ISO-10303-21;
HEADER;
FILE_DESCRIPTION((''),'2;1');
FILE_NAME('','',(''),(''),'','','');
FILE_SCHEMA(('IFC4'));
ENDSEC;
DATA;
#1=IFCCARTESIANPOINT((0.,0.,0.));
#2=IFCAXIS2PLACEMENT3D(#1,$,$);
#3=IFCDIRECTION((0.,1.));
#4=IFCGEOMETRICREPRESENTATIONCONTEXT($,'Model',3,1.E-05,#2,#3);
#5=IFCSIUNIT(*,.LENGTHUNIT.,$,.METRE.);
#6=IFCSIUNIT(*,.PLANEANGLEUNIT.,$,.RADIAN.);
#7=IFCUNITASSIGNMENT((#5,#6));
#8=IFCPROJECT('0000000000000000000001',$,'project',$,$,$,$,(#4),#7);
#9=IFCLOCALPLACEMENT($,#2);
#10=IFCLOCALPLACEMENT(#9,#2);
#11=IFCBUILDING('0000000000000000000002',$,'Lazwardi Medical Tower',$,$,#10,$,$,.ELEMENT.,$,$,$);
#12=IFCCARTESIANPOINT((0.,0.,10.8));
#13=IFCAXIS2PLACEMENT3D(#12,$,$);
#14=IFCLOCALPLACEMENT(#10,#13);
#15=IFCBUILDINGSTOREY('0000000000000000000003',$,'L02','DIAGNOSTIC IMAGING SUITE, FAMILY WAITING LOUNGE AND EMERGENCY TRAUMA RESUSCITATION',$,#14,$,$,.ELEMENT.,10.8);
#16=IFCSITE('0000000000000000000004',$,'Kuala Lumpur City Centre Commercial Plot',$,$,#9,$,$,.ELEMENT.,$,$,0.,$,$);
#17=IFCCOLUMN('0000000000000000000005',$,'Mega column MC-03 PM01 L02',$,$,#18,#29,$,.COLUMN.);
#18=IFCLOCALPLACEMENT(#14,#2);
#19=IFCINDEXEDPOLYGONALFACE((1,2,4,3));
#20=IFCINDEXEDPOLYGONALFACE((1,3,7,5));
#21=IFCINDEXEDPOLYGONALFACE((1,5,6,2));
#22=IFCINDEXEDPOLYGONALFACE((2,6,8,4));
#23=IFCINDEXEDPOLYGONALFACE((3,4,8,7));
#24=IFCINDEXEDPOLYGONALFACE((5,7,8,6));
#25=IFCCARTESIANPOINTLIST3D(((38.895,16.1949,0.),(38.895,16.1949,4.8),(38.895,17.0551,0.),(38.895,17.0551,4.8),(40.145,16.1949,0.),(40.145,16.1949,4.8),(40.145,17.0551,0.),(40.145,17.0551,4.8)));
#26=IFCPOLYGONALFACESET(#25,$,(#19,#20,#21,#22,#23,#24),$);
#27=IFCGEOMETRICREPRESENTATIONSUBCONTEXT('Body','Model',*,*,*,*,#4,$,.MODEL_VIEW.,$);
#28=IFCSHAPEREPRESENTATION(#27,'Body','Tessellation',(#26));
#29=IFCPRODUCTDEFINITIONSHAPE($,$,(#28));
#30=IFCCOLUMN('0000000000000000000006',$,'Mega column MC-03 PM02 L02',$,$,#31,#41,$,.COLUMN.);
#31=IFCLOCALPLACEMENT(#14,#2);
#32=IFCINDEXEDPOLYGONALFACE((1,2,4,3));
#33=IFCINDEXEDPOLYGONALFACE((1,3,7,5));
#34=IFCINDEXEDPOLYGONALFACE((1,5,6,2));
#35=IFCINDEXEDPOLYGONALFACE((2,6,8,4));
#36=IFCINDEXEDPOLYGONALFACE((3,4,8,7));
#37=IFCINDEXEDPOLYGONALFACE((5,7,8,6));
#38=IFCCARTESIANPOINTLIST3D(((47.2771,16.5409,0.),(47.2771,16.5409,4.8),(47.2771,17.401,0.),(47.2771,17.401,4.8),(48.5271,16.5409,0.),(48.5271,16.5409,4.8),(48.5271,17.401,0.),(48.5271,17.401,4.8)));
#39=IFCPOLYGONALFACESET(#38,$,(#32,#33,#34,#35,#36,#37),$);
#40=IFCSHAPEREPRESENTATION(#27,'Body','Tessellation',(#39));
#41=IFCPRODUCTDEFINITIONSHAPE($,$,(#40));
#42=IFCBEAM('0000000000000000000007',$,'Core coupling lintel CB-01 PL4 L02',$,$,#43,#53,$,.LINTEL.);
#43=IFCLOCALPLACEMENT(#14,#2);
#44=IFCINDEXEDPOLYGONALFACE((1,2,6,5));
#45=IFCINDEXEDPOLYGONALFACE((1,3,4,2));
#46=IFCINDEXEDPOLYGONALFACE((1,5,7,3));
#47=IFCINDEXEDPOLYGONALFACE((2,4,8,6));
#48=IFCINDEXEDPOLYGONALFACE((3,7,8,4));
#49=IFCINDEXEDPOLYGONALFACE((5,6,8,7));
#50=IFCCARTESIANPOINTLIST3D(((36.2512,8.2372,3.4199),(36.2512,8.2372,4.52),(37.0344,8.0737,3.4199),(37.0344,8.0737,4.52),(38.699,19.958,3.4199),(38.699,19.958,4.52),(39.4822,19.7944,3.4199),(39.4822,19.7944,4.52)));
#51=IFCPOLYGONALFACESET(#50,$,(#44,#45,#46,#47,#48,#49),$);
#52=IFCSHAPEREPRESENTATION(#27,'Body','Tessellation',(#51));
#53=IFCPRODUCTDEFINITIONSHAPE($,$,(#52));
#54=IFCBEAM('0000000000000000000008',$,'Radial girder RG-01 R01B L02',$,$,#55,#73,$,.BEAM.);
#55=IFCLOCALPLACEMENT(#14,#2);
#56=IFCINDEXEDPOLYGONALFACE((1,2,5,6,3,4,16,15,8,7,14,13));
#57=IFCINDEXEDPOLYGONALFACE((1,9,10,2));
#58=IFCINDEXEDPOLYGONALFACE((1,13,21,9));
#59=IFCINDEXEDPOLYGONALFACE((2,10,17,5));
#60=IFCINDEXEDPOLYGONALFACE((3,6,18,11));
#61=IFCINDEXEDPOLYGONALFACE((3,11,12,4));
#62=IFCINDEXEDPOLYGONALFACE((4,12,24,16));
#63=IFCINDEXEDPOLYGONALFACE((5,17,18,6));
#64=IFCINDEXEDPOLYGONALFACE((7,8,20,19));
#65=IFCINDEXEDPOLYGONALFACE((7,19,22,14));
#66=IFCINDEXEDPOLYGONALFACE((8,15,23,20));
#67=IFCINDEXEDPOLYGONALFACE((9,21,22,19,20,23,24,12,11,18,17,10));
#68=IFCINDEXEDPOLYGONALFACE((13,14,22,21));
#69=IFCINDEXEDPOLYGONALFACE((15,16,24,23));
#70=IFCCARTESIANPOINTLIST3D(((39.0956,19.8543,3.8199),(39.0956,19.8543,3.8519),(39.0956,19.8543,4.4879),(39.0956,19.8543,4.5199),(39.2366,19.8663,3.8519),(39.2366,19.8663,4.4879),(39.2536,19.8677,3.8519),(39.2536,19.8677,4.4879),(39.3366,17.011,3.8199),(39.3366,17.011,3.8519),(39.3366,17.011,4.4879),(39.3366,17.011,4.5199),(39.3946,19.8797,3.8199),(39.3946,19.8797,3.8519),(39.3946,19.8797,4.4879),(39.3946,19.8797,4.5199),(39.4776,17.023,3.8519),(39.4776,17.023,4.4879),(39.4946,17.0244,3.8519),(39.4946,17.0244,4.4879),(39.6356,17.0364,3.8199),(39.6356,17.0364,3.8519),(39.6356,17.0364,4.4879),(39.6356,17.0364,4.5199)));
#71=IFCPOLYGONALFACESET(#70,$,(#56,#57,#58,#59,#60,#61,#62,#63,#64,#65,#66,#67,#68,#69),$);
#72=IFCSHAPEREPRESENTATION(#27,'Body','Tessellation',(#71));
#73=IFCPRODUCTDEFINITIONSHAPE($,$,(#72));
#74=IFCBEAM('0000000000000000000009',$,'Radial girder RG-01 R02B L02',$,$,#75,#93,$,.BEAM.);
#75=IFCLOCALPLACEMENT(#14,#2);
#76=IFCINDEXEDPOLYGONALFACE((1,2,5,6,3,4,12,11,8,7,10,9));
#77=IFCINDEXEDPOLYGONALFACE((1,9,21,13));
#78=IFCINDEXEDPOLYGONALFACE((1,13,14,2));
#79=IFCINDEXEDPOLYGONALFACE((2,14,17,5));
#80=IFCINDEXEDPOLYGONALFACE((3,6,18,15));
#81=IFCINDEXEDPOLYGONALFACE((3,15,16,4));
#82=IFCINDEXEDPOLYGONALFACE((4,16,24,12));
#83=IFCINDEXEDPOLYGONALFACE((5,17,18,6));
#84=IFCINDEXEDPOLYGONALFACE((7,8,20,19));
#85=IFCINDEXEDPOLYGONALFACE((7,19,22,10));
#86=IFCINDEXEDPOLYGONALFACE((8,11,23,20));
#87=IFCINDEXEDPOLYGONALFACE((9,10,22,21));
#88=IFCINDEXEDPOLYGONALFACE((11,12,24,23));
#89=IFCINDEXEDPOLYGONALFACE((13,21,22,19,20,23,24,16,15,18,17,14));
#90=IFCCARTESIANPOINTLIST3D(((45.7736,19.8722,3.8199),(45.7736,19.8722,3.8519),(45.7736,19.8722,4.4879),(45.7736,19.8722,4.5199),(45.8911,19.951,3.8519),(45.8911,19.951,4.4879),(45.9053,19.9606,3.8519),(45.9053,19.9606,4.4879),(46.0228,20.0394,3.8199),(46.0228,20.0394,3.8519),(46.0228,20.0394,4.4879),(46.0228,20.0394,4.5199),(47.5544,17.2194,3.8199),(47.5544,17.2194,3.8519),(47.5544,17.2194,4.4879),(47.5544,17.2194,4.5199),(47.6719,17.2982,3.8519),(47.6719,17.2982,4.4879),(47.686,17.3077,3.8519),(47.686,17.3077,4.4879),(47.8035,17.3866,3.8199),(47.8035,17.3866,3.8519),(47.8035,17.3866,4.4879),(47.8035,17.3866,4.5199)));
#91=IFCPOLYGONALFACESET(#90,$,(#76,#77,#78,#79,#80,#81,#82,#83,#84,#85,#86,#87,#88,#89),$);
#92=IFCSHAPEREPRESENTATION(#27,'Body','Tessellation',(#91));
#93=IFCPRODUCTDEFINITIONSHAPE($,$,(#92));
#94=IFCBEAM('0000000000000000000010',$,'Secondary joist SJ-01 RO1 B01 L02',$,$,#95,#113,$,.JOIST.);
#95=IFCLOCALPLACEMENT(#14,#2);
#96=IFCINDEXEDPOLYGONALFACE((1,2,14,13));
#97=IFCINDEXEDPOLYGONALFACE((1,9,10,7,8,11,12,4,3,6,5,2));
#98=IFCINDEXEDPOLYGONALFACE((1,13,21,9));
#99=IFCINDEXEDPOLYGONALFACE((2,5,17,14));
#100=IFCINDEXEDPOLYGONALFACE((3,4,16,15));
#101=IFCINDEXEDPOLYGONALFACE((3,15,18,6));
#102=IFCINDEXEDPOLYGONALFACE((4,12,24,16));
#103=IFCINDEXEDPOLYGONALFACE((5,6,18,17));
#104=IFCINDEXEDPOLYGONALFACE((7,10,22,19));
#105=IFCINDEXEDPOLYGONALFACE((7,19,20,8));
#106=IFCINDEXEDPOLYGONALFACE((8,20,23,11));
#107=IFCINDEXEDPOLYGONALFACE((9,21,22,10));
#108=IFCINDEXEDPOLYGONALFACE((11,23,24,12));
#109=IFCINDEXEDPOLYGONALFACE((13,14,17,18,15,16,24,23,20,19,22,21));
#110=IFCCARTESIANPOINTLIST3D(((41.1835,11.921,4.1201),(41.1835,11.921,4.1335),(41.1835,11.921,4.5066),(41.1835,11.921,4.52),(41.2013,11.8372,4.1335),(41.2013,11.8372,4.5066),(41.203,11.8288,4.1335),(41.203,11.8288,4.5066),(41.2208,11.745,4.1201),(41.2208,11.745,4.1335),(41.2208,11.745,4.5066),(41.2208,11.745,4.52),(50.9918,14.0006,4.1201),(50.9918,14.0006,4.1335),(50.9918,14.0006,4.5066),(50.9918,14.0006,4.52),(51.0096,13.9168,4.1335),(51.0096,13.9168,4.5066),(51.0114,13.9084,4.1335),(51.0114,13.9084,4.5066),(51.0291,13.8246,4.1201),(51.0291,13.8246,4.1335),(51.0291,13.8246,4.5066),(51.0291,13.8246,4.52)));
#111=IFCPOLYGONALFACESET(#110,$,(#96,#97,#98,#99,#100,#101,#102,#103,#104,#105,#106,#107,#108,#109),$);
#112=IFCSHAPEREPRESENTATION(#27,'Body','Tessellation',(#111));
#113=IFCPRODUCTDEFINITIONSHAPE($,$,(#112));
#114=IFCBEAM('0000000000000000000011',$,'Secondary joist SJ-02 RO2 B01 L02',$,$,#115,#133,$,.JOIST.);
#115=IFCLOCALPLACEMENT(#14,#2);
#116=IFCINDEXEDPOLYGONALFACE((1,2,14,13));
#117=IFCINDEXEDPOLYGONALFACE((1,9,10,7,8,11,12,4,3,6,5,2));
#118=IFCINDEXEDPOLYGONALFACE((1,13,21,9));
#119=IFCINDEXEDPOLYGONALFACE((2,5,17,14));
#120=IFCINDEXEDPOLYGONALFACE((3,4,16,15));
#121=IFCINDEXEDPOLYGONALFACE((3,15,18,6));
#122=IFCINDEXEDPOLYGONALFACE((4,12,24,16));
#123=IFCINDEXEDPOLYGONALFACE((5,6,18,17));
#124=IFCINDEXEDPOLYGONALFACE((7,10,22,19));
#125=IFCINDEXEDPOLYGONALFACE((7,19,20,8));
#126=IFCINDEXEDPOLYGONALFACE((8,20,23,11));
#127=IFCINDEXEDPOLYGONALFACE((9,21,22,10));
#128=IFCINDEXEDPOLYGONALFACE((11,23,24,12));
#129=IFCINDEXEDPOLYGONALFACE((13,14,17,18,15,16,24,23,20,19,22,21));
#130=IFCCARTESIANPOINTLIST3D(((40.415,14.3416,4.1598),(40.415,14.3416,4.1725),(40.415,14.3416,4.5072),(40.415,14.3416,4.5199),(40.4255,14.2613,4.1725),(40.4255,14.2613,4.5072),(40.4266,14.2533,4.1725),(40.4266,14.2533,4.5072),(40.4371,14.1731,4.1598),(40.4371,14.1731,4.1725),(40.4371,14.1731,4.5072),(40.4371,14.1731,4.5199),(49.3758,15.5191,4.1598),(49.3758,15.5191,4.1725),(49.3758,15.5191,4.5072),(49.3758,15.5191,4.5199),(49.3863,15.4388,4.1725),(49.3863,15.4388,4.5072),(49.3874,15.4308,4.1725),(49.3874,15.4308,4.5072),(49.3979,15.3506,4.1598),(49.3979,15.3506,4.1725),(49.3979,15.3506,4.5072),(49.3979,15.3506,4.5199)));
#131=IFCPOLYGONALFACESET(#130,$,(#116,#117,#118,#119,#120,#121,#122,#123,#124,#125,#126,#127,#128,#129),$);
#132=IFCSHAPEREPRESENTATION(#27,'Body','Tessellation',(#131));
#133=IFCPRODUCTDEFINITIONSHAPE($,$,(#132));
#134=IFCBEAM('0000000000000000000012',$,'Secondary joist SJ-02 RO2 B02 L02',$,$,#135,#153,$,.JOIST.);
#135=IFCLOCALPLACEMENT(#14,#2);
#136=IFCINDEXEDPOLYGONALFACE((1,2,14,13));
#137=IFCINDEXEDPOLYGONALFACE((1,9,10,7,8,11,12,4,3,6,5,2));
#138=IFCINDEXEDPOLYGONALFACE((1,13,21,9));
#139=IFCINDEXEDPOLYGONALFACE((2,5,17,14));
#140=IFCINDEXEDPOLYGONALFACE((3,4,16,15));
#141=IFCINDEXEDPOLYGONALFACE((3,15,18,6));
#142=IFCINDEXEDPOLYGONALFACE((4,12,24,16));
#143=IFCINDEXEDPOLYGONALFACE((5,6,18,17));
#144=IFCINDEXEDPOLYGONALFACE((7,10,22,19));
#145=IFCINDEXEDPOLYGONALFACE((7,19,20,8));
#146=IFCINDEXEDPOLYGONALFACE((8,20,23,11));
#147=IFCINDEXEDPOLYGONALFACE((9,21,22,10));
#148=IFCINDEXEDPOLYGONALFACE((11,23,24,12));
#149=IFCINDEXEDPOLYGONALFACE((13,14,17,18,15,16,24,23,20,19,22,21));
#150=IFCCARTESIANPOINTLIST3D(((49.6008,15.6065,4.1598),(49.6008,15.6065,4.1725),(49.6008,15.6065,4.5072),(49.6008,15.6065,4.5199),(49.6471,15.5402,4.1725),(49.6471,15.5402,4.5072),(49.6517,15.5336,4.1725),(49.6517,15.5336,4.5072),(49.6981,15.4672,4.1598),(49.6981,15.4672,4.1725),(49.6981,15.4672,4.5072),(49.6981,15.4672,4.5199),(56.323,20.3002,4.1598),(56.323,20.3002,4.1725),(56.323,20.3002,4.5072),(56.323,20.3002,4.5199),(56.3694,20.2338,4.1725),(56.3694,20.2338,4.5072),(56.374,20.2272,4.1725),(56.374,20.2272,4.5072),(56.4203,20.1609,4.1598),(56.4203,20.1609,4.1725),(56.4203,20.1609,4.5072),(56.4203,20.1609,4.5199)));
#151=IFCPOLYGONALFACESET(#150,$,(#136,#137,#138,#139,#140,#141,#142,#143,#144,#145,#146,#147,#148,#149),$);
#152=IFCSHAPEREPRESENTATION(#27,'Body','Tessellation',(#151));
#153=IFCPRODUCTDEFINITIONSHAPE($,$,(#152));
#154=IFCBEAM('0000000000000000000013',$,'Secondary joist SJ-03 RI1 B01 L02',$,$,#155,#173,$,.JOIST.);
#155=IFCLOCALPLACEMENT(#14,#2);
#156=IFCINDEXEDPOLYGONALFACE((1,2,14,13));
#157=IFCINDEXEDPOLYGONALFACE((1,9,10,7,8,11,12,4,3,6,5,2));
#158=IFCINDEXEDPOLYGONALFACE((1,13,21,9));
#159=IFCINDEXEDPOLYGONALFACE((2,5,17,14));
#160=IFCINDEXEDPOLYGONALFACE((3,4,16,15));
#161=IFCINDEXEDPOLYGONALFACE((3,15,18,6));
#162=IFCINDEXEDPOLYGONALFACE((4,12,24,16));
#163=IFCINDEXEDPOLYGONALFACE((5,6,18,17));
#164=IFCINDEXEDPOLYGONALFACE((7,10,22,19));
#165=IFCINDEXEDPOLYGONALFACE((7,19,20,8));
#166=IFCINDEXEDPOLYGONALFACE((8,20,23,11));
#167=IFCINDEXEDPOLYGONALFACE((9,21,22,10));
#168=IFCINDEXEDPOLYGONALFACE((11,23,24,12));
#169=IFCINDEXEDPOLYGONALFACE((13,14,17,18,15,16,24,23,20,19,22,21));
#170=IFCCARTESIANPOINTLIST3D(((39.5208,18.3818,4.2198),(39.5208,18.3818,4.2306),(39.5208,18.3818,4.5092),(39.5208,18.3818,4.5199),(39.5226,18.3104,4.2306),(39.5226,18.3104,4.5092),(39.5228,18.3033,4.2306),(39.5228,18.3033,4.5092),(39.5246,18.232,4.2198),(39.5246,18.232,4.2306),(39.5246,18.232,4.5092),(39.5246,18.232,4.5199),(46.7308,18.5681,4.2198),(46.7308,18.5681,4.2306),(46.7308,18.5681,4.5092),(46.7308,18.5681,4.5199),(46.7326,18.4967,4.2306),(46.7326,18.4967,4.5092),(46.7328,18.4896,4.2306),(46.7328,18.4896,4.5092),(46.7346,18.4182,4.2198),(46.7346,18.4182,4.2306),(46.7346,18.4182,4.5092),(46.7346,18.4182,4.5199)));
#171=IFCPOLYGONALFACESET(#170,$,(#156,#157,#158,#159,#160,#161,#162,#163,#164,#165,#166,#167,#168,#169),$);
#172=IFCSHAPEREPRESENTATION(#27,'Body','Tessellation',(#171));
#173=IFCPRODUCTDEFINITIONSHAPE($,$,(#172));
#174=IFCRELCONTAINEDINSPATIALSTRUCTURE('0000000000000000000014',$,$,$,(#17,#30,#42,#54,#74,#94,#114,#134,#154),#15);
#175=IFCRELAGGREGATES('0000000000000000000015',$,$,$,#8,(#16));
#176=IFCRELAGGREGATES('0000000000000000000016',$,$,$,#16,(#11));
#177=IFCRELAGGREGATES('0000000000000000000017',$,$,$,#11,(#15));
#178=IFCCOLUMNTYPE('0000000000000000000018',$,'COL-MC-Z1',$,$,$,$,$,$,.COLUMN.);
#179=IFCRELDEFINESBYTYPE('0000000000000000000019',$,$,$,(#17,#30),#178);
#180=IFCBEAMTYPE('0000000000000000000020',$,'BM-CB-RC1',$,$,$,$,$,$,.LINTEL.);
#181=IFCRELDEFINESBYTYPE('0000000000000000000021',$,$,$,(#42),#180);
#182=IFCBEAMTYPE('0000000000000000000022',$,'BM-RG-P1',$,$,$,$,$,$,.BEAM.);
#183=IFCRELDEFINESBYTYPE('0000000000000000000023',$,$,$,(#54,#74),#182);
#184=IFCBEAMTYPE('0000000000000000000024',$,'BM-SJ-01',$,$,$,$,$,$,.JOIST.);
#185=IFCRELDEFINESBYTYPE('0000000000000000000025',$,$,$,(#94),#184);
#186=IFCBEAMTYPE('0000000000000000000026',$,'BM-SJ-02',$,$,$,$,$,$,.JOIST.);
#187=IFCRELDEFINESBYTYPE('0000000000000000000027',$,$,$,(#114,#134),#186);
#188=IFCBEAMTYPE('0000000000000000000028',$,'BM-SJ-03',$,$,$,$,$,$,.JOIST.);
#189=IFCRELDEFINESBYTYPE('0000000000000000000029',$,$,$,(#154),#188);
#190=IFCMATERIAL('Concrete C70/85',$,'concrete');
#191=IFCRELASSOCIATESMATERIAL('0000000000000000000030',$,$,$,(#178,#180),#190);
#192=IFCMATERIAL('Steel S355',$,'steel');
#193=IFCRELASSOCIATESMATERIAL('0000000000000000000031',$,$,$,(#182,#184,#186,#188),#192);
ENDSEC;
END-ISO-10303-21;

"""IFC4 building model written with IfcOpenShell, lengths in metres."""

from ifc_helpers import new_model, si_unit, direction, frame, origin, origin_2d, place, context, subcontext, project, spatial, rectangle, i_section, extrude, material, material_profile, profile_set, type_object, element, save


model = new_model("IFC4")

# Units and contexts
model_context = context("Model", 3, precision=1e-05, world=origin(), true_north=direction((0.0, 1.0)))
body_context = subcontext(model_context, "Body", "Model", "MODEL_VIEW")
ifc_project = project(units=[si_unit("LENGTHUNIT", "METRE"), si_unit("PLANEANGLEUNIT", "RADIAN")], contexts=[model_context])

# Site, building, storey
site_placement = place(None, origin())
site = spatial("IfcSite", under=ifc_project, at=site_placement, Name="Kuala Lumpur City Centre Commercial Plot", CompositionType="ELEMENT", RefElevation=0.0)
building_placement = place(site_placement, origin())
building = spatial("IfcBuilding", under=site, at=building_placement, Name="Lazwardi Medical Tower", CompositionType="ELEMENT")
storey_placement = place(building_placement, frame((0.0, 0.0, 10.8)))
storey = spatial("IfcBuildingStorey", under=building, at=storey_placement, Name="L02", Description="DIAGNOSTIC IMAGING SUITE, FAMILY WAITING LOUNGE AND EMERGENCY TRAUMA RESUSCITATION", CompositionType="ELEMENT", Elevation=10.8)

# Columns
ifc_material_1 = material(Name="Concrete C70/85", Category="concrete")
ifc_material_profile_1 = material_profile(ifc_material_1, rectangle(XDim=1.25, YDim=0.8601, at=origin_2d()), Name="CFT-RECT 1250x860")
ifc_profile_set_1 = profile_set([ifc_material_profile_1], Name="Concrete C70/85")
column_type = type_object("IfcColumnType", Name="COL-MC-Z1", PredefinedType="COLUMN", material=ifc_profile_set_1)
for number, where, z_axis, x_axis, name in (
    (1, (39.52, 16.625, 0.0), (0.0, 0.0, 1.0), (1.0, 0.0, 0.0), "Mega column MC-03 PM01 L02"),
    (2, (47.9021, 16.9709, 0.0), (0.0, 0.0, 1.0), (1.0, 0.0, 0.0), "Mega column MC-03 PM02 L02"),
):
    element("IfcColumn", number, at=place(storey_placement, frame(where, z_axis=z_axis, x_axis=x_axis)), inside=storey, type_object=column_type, Name=name, PredefinedType="COLUMN", context=body_context, shape_type="SweptSolid", body=[
        extrude(rectangle(XDim=1.25, YDim=0.8601, at=origin_2d()), origin(), (0.0, 0.0, 1.0), 4.8),
    ])

# Beams
ifc_material_profile_2 = material_profile(ifc_material_1, rectangle(XDim=0.8, YDim=1.1001, at=origin_2d()), Name="RC 800x1100")
ifc_profile_set_2 = profile_set([ifc_material_profile_2], Name="Concrete C70/85")
beam_type_1 = type_object("IfcBeamType", Name="BM-CB-RC1", PredefinedType="LINTEL", material=ifc_profile_set_2)
beam_1_placement = place(storey_placement, frame((39.0906, 19.8762, 3.97), z_axis=(-0.20443, -0.978881, 0.0), x_axis=(0.978881, -0.20443, 0.0)))
element("IfcBeam", 3, at=beam_1_placement, inside=storey, type_object=beam_type_1, Name="Core coupling lintel CB-01 PL4 L02", PredefinedType="LINTEL", context=body_context, shape_type="SweptSolid", body=[
    extrude(rectangle(XDim=0.8, YDim=1.1001, at=origin_2d()), origin(), (0.0, 0.0, 1.0), 11.9736),
])
ifc_material_2 = material(Name="Steel S355", Category="steel")
ifc_material_profile_3 = material_profile(ifc_material_2, i_section(OverallWidth=0.3, OverallDepth=0.7, WebThickness=0.0171, FlangeThickness=0.032, at=origin_2d()), Name="HEB 700")
ifc_profile_set_3 = profile_set([ifc_material_profile_3], Name="Steel S355")
beam_type_2 = type_object("IfcBeamType", Name="BM-RG-P1", PredefinedType="BEAM", material=ifc_profile_set_3)
beam_2_placement = place(storey_placement, frame((39.4861, 17.0237, 4.1699), z_axis=(-0.084447, 0.996428, 0.0), x_axis=(-0.996428, -0.084447, 0.0)))
element("IfcBeam", 4, at=beam_2_placement, inside=storey, type_object=beam_type_2, Name="Radial girder RG-01 R01B L02", PredefinedType="BEAM", context=body_context, shape_type="SweptSolid", body=[
    extrude(i_section(OverallWidth=0.3, OverallDepth=0.7, WebThickness=0.0171, FlangeThickness=0.032, at=origin_2d()), origin(), (0.0, 0.0, 1.0), 2.8535),
])
beam_3_placement = place(storey_placement, frame((47.679, 17.303, 4.1699), z_axis=(-0.557342, 0.830283, 0.0), x_axis=(-0.830283, -0.557342, 0.0)))
element("IfcBeam", 5, at=beam_3_placement, inside=storey, type_object=beam_type_2, Name="Radial girder RG-01 R02B L02", PredefinedType="BEAM", context=body_context, shape_type="SweptSolid", body=[
    extrude(i_section(OverallWidth=0.3, OverallDepth=0.7, WebThickness=0.0171, FlangeThickness=0.032, at=origin_2d()), origin(), (0.0, 0.0, 1.0), 3.1951),
])
ifc_material_profile_4 = material_profile(ifc_material_2, i_section(OverallWidth=0.1799, OverallDepth=0.3999, WebThickness=0.0085, FlangeThickness=0.0134, at=origin_2d()), Name="IPE 400")
ifc_profile_set_4 = profile_set([ifc_material_profile_4], Name="Steel S355")
beam_type_3 = type_object("IfcBeamType", Name="BM-SJ-01", PredefinedType="JOIST", material=ifc_profile_set_4)
beam_4_placement = place(storey_placement, frame((41.2021, 11.833, 4.3201), z_axis=(0.978254, 0.207412, 0.0), x_axis=(-0.207412, 0.978254, 0.0)))
element("IfcBeam", 6, at=beam_4_placement, inside=storey, type_object=beam_type_3, Name="Secondary joist SJ-01 RO1 B01 L02", PredefinedType="JOIST", context=body_context, shape_type="SweptSolid", body=[
    extrude(i_section(OverallWidth=0.1799, OverallDepth=0.3999, WebThickness=0.0085, FlangeThickness=0.0134, at=origin_2d()), origin(), (0.0, 0.0, 1.0), 10.0264),
])
ifc_material_profile_5 = material_profile(ifc_material_2, i_section(OverallWidth=0.1699, OverallDepth=0.3601, WebThickness=0.0081, FlangeThickness=0.0127, at=origin_2d()), Name="IPE 360")
ifc_profile_set_5 = profile_set([ifc_material_profile_5], Name="Steel S355")
beam_type_4 = type_object("IfcBeamType", Name="BM-SJ-02", PredefinedType="JOIST", material=ifc_profile_set_5)
beam_5_placement = place(storey_placement, frame((40.426, 14.2573, 4.3398), z_axis=(0.991476, 0.130286, 0.0), x_axis=(-0.130286, 0.991476, 0.0)))
element("IfcBeam", 7, at=beam_5_placement, inside=storey, type_object=beam_type_4, Name="Secondary joist SJ-02 RO2 B01 L02", PredefinedType="JOIST", context=body_context, shape_type="SweptSolid", body=[
    extrude(i_section(OverallWidth=0.1699, OverallDepth=0.3601, WebThickness=0.0081, FlangeThickness=0.0127, at=origin_2d()), origin(), (0.0, 0.0, 1.0), 9.0378),
])
beam_6_placement = place(storey_placement, frame((49.6494, 15.5369, 4.3398), z_axis=(0.819914, 0.572487, 0.0), x_axis=(-0.572487, 0.819914, 0.0)))
element("IfcBeam", 8, at=beam_6_placement, inside=storey, type_object=beam_type_4, Name="Secondary joist SJ-02 RO2 B02 L02", PredefinedType="JOIST", context=body_context, shape_type="SweptSolid", body=[
    extrude(i_section(OverallWidth=0.1699, OverallDepth=0.3601, WebThickness=0.0081, FlangeThickness=0.0127, at=origin_2d()), origin(), (0.0, 0.0, 1.0), 8.1987),
])
ifc_material_profile_6 = material_profile(ifc_material_2, i_section(OverallWidth=0.1499, OverallDepth=0.3, WebThickness=0.0071, FlangeThickness=0.0107, at=origin_2d()), Name="IPE 300")
ifc_profile_set_6 = profile_set([ifc_material_profile_6], Name="Steel S355")
beam_type_5 = type_object("IfcBeamType", Name="BM-SJ-03", PredefinedType="JOIST", material=ifc_profile_set_6)
beam_7_placement = place(storey_placement, frame((39.5227, 18.3069, 4.3699), z_axis=(0.999666, 0.025828, 0.0), x_axis=(-0.025828, 0.999666, 0.0)))
element("IfcBeam", 9, at=beam_7_placement, inside=storey, type_object=beam_type_5, Name="Secondary joist SJ-03 RI1 B01 L02", PredefinedType="JOIST", context=body_context, shape_type="SweptSolid", body=[
    extrude(i_section(OverallWidth=0.1499, OverallDepth=0.3, WebThickness=0.0071, FlangeThickness=0.0107, at=origin_2d()), origin(), (0.0, 0.0, 1.0), 7.2124),
])

save(model, "model.ifc")
